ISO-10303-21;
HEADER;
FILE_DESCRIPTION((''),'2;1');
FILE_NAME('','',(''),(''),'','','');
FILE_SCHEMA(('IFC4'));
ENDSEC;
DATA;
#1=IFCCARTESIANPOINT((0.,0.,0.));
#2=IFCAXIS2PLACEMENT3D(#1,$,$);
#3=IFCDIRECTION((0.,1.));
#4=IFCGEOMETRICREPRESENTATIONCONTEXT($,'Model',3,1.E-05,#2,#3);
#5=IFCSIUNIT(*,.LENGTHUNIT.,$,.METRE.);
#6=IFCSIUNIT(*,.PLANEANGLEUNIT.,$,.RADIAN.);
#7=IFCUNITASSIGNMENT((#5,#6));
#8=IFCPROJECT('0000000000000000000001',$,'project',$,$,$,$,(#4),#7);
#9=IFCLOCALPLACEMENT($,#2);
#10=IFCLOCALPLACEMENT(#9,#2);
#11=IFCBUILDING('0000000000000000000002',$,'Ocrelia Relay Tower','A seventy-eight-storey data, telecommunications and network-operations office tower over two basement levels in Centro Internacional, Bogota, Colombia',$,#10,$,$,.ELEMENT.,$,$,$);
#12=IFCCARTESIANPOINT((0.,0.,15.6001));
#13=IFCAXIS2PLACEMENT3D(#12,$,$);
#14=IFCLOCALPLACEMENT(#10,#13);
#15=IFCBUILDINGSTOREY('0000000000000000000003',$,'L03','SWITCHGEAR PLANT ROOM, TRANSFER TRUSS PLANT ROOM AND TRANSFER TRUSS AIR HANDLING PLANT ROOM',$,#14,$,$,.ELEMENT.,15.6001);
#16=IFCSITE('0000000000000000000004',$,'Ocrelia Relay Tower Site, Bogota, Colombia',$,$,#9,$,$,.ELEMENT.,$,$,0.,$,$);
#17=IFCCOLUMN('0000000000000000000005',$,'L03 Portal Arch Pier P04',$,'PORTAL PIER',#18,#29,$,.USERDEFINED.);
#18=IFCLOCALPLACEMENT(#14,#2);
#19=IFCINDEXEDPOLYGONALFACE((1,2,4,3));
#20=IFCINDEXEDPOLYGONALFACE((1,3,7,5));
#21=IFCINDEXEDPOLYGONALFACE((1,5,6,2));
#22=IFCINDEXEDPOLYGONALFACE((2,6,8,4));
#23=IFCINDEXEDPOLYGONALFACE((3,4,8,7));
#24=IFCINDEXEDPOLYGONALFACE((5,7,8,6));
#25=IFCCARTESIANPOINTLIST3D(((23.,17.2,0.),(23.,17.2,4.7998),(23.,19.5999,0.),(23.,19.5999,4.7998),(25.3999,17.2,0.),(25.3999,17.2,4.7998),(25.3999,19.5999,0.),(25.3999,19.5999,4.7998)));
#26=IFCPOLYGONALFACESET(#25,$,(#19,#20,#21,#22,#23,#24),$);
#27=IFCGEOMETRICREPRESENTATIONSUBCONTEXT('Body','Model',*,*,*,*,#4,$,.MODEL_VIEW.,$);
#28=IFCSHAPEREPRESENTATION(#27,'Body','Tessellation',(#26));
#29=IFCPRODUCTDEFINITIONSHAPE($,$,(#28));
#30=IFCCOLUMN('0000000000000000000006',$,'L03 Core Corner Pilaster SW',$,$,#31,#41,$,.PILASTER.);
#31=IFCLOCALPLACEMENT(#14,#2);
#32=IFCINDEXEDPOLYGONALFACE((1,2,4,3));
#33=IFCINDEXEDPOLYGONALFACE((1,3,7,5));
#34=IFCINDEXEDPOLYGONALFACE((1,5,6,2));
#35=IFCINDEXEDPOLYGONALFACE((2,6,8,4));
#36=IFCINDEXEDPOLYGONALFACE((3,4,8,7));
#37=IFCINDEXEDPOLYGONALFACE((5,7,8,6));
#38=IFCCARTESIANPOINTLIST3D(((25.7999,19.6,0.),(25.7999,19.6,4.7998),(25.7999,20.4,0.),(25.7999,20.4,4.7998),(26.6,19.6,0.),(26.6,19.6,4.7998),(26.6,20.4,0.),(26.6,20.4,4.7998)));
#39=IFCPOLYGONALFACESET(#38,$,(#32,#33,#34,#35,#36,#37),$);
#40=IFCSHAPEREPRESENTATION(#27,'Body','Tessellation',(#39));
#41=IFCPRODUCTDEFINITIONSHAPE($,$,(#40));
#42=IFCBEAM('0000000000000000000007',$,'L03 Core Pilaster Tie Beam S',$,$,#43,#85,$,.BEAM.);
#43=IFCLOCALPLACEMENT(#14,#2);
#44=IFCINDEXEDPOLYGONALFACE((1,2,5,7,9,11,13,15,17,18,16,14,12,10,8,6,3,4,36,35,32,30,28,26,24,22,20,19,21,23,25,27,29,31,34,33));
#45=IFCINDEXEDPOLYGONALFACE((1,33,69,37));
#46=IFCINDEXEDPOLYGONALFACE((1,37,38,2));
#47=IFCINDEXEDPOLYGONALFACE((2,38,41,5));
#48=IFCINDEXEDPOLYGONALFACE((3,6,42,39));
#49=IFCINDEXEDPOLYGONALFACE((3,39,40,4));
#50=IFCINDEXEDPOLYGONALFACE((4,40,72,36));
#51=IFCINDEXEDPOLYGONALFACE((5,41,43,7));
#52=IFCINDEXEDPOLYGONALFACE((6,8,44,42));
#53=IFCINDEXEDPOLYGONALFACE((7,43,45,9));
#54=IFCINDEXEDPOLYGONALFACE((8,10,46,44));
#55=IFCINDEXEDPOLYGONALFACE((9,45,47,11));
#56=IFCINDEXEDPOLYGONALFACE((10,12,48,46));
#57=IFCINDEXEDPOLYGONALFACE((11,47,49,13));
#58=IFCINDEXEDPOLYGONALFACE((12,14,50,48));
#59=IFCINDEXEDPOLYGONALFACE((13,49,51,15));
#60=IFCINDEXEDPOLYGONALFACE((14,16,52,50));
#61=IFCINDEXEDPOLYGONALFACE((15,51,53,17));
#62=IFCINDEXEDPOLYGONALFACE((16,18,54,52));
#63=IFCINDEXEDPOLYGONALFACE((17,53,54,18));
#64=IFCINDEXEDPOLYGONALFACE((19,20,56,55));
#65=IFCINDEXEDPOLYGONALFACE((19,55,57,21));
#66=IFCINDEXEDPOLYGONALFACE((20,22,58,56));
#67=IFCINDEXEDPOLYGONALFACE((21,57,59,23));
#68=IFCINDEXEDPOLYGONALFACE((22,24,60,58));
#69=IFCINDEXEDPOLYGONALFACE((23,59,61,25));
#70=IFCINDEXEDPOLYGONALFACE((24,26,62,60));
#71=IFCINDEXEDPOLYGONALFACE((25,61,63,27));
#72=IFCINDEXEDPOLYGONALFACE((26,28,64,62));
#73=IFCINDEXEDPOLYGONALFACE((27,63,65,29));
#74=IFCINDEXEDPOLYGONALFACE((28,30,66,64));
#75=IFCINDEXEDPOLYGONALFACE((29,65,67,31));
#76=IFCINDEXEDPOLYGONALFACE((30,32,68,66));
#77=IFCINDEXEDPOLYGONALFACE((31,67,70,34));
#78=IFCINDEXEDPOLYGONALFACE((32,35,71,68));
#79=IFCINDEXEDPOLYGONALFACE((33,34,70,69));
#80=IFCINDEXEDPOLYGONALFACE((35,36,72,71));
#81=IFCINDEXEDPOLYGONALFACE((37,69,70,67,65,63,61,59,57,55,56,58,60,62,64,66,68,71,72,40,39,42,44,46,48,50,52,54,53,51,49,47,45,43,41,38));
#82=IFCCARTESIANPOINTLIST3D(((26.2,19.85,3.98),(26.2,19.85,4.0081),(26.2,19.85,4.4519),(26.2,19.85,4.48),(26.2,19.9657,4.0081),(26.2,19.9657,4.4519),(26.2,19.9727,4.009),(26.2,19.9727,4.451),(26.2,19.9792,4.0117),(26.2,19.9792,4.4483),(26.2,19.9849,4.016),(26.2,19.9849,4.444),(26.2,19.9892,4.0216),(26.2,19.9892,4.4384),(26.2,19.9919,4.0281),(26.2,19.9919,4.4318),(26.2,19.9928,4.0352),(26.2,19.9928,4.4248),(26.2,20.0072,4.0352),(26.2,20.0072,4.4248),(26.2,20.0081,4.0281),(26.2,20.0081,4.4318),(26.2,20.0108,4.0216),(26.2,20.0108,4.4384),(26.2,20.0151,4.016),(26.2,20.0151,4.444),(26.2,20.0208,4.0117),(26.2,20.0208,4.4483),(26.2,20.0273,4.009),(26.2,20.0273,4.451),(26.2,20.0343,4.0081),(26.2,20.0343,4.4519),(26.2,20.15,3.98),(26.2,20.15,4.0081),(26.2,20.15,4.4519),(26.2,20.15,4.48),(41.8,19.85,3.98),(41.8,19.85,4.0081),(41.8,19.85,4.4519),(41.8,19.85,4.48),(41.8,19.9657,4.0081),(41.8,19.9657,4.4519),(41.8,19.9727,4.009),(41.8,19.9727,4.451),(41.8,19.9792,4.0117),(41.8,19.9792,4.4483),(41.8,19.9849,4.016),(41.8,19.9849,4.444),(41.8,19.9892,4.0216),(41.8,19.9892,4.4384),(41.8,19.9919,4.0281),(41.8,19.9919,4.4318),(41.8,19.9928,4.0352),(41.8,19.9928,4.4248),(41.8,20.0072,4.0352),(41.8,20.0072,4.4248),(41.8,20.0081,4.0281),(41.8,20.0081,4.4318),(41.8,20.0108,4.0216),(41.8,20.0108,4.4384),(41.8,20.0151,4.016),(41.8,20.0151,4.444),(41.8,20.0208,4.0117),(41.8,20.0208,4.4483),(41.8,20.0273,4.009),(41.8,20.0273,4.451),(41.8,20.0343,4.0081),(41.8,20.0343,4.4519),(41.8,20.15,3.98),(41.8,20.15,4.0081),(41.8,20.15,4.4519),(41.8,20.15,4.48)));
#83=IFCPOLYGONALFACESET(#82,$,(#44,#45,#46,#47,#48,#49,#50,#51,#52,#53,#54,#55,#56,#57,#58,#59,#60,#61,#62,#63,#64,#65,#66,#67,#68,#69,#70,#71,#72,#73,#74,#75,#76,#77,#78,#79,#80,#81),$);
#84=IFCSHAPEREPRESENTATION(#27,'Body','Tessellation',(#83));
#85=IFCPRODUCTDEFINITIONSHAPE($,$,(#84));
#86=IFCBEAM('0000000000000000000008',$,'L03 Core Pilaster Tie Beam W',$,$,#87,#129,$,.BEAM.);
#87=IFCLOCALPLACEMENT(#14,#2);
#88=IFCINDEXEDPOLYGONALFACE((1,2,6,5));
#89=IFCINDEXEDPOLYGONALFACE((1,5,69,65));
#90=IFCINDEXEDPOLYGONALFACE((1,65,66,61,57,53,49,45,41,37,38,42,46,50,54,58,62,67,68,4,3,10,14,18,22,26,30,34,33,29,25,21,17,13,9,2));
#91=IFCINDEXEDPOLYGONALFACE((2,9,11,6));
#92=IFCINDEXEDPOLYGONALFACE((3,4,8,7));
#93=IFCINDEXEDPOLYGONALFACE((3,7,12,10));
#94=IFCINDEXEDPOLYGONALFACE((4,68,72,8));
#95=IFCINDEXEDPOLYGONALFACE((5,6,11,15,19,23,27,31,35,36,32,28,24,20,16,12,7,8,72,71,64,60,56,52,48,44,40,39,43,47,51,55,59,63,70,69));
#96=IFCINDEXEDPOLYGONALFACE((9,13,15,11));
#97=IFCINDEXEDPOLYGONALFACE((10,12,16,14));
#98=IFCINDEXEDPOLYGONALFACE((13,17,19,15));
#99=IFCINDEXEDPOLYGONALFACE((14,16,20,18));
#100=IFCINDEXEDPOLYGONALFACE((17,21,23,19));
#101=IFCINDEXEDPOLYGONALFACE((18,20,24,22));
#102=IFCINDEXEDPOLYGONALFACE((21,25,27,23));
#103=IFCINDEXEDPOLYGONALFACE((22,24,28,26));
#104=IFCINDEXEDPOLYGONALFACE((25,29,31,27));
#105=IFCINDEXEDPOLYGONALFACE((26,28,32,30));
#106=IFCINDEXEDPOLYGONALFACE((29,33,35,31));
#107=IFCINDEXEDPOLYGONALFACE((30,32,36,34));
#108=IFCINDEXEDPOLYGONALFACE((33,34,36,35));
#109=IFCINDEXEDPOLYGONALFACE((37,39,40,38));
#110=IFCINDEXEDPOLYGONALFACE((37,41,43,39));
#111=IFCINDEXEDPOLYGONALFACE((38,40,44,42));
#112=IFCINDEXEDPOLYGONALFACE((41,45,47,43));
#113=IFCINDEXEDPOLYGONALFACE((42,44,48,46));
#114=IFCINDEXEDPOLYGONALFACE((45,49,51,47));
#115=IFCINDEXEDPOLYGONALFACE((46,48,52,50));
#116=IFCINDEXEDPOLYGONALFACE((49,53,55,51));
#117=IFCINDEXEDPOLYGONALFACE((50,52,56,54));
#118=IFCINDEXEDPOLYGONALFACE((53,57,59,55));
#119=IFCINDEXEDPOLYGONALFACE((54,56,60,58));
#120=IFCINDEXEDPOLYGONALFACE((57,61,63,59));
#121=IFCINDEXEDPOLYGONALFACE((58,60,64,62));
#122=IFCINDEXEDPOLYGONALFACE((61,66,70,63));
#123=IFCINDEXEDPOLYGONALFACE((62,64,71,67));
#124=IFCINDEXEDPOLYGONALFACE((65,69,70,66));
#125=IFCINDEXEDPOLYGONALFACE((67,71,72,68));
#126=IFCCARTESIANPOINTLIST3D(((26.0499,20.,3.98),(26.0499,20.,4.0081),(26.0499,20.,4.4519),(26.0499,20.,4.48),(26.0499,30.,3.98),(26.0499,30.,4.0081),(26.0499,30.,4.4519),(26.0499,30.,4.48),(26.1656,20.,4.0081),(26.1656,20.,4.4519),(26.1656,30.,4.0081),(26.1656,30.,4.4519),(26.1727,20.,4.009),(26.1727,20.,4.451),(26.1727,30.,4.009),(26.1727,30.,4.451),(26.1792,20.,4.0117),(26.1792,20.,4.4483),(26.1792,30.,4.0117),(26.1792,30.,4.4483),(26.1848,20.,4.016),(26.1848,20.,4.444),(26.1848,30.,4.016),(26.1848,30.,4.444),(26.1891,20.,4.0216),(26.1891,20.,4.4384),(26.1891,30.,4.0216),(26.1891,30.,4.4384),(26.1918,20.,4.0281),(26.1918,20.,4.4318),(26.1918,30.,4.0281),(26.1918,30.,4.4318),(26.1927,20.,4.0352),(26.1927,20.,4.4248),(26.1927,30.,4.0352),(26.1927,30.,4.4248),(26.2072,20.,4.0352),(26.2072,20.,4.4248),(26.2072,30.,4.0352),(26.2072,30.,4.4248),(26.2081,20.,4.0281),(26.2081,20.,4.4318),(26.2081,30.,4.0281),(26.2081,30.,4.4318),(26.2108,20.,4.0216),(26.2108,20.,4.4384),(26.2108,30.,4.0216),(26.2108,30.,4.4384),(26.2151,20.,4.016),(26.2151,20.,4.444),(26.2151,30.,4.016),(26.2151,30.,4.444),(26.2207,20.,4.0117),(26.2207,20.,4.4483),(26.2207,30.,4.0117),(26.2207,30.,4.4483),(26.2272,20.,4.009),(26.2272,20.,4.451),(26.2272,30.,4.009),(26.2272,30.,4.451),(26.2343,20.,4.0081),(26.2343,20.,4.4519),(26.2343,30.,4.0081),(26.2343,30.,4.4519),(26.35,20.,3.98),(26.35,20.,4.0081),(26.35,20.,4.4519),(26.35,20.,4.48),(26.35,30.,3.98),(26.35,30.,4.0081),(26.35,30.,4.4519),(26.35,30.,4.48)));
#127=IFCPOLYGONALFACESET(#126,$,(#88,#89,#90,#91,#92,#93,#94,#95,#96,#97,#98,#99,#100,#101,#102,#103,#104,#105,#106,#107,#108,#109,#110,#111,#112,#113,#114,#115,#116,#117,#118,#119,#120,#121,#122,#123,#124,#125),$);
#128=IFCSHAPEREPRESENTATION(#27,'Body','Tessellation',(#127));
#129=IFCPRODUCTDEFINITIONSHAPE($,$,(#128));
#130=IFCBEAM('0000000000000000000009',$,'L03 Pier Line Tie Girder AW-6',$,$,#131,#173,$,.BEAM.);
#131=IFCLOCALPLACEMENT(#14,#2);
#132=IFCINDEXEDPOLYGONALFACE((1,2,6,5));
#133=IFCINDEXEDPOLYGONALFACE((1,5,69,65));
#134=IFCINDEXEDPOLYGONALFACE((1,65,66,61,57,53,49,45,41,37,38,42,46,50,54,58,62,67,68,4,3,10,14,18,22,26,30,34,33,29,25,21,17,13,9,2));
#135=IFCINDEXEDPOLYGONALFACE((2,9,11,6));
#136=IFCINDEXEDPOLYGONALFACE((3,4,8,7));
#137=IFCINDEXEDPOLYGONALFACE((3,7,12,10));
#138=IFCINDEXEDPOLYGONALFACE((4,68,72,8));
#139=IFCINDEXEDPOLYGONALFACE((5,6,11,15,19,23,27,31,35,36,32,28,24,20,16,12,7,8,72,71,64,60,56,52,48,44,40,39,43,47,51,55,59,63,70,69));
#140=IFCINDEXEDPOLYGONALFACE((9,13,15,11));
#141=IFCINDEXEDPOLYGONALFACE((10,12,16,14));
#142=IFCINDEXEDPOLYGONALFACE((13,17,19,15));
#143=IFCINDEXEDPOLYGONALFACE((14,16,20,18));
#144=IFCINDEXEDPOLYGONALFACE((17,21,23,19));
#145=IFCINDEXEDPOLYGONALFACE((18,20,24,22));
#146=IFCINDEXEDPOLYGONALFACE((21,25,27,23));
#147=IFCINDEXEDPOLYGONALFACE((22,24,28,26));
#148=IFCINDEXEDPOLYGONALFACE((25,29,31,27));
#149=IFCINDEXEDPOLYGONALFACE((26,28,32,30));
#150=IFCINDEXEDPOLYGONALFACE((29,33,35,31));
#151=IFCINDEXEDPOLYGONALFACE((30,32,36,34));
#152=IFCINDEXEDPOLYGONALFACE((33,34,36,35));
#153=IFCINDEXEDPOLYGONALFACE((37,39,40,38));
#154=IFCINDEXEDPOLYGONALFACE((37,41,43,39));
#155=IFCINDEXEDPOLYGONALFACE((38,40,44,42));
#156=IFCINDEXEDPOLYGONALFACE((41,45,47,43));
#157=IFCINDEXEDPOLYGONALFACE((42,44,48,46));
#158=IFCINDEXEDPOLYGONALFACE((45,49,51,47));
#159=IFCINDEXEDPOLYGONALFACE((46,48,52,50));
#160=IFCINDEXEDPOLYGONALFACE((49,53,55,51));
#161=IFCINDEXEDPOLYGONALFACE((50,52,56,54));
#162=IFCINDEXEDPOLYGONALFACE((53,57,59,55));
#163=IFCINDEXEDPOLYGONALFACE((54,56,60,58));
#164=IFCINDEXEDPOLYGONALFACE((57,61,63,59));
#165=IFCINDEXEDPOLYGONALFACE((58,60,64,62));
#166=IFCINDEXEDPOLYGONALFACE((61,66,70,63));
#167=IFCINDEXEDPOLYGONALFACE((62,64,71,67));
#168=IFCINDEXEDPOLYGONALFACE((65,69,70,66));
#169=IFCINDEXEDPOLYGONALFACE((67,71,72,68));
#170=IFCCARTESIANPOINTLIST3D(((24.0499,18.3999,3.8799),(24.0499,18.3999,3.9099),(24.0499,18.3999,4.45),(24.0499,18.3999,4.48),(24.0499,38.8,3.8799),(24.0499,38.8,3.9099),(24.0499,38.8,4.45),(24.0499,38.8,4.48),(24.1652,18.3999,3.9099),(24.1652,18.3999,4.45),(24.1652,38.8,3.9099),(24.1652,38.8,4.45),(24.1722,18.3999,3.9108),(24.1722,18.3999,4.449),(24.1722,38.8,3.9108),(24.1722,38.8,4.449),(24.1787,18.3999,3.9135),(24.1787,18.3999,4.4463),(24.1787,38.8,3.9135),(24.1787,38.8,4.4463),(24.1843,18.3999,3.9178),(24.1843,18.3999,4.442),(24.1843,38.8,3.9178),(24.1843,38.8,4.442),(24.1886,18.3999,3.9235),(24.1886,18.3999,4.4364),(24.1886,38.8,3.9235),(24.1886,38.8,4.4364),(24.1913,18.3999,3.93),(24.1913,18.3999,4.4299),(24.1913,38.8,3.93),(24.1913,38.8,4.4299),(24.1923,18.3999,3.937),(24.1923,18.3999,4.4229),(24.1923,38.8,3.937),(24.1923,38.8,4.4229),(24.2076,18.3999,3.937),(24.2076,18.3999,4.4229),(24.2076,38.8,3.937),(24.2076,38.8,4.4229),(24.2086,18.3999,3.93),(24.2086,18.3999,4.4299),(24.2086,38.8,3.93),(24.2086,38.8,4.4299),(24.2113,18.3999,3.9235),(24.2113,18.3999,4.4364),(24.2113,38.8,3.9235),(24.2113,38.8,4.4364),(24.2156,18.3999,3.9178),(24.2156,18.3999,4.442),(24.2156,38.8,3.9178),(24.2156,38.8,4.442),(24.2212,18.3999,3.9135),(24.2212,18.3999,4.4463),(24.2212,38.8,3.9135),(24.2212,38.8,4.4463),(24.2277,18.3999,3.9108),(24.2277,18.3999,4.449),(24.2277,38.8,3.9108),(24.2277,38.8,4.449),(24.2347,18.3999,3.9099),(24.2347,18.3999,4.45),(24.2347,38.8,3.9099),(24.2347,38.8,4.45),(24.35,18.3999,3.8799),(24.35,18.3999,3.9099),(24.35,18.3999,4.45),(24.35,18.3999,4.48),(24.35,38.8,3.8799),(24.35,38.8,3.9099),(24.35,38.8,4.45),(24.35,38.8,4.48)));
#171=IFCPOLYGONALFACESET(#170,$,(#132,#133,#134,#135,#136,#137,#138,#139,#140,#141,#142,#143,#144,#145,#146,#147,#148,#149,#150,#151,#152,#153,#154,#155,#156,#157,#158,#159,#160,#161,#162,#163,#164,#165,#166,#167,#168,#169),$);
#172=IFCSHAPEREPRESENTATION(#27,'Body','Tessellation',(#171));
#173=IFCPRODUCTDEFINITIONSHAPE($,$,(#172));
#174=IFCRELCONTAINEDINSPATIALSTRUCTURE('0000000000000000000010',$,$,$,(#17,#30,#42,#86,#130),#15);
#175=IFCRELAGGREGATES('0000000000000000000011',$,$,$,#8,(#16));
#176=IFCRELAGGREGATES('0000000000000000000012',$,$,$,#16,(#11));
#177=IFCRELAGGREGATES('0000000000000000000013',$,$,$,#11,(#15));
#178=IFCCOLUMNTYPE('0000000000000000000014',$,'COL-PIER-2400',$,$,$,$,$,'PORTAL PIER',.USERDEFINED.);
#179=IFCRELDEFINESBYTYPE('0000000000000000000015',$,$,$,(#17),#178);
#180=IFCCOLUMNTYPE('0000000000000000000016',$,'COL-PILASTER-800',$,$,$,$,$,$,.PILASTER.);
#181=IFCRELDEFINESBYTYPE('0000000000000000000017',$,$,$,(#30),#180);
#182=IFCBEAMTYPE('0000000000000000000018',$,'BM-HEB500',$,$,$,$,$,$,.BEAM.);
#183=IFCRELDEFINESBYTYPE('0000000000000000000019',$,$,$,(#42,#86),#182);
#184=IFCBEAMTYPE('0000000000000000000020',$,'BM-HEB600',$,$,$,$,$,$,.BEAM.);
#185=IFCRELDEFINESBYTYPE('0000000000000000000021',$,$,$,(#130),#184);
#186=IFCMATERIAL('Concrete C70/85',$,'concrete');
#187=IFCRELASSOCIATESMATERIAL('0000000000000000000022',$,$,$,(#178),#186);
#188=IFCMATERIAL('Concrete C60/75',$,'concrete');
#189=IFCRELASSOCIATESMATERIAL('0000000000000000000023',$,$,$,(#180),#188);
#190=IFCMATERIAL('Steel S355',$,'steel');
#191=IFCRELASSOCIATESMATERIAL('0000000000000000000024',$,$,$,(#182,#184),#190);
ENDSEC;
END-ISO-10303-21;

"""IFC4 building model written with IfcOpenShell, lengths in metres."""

from ifc_helpers import new_model, si_unit, direction, frame, origin, origin_2d, place, context, subcontext, project, spatial, rectangle, i_section, extrude, material, material_profile, profile_set, type_object, element, save


model = new_model("IFC4")

# Units and contexts
model_context = context("Model", 3, precision=1e-05, world=origin(), true_north=direction((0.0, 1.0)))
body_context = subcontext(model_context, "Body", "Model", "MODEL_VIEW")
ifc_project = project(units=[si_unit("LENGTHUNIT", "METRE"), si_unit("PLANEANGLEUNIT", "RADIAN")], contexts=[model_context])

# Site, building, storey
site_placement = place(None, origin())
site = spatial("IfcSite", under=ifc_project, at=site_placement, Name="Ocrelia Relay Tower Site, Bogota, Colombia", CompositionType="ELEMENT", RefElevation=0.0)
building_placement = place(site_placement, origin())
building = spatial("IfcBuilding", under=site, at=building_placement, Name="Ocrelia Relay Tower", Description="A seventy-eight-storey data, telecommunications and network-operations office tower over two basement levels in Centro Internacional, Bogota, Colombia", CompositionType="ELEMENT")
storey_placement = place(building_placement, frame((0.0, 0.0, 15.6001)))
storey = spatial("IfcBuildingStorey", under=building, at=storey_placement, Name="L03", Description="SWITCHGEAR PLANT ROOM, TRANSFER TRUSS PLANT ROOM AND TRANSFER TRUSS AIR HANDLING PLANT ROOM", CompositionType="ELEMENT", Elevation=15.6001)

# Columns
ifc_material_1 = material(Name="Concrete C70/85", Category="concrete")
ifc_material_profile_1 = material_profile(ifc_material_1, rectangle(XDim=2.3999, YDim=2.3999, at=origin_2d()), Name="RC-PIER-2400x2400")
ifc_profile_set_1 = profile_set([ifc_material_profile_1], Name="Concrete C70/85")
column_type_1 = type_object("IfcColumnType", Name="COL-PIER-2400", ElementType="PORTAL PIER", PredefinedType="USERDEFINED", material=ifc_profile_set_1)
column_1_placement = place(storey_placement, frame((24.2, 18.3999, 0.0), z_axis=(0.0, 0.0, 1.0), x_axis=(1.0, 0.0, 0.0)))
element("IfcColumn", 1, at=column_1_placement, inside=storey, type_object=column_type_1, Name="L03 Portal Arch Pier P04", ObjectType="PORTAL PIER", PredefinedType="USERDEFINED", context=body_context, shape_type="SweptSolid", body=[
    extrude(rectangle(XDim=2.3999, YDim=2.3999, at=origin_2d()), origin(), (0.0, 0.0, 1.0), 4.7998),
])
ifc_material_2 = material(Name="Concrete C60/75", Category="concrete")
ifc_material_profile_2 = material_profile(ifc_material_2, rectangle(XDim=0.8, YDim=0.8, at=origin_2d()), Name="RC-COL-800x800")
ifc_profile_set_2 = profile_set([ifc_material_profile_2], Name="Concrete C60/75")
column_type_2 = type_object("IfcColumnType", Name="COL-PILASTER-800", PredefinedType="PILASTER", material=ifc_profile_set_2)
column_2_placement = place(storey_placement, frame((26.2, 20.0, 0.0), z_axis=(0.0, 0.0, 1.0), x_axis=(1.0, 0.0, 0.0)))
element("IfcColumn", 2, at=column_2_placement, inside=storey, type_object=column_type_2, Name="L03 Core Corner Pilaster SW", PredefinedType="PILASTER", context=body_context, shape_type="SweptSolid", body=[
    extrude(rectangle(XDim=0.8, YDim=0.8, at=origin_2d()), origin(), (0.0, 0.0, 1.0), 4.7998),
])

# Beams
ifc_material_3 = material(Name="Steel S355", Category="steel")
ifc_material_profile_3 = material_profile(ifc_material_3, i_section(OverallWidth=0.3, OverallDepth=0.5, WebThickness=0.0144, FlangeThickness=0.0281, FilletRadius=0.0271, at=origin_2d()), Name="HEB 500")
ifc_profile_set_3 = profile_set([ifc_material_profile_3], Name="Steel S355")
beam_type_1 = type_object("IfcBeamType", Name="BM-HEB500", PredefinedType="BEAM", material=ifc_profile_set_3)
beam_1_placement = place(storey_placement, frame((26.2, 20.0, 4.23), z_axis=(1.0, 0.0, 0.0), x_axis=(0.0, 1.0, 0.0)))
element("IfcBeam", 3, at=beam_1_placement, inside=storey, type_object=beam_type_1, Name="L03 Core Pilaster Tie Beam S", PredefinedType="BEAM", context=body_context, shape_type="SweptSolid", body=[
    extrude(i_section(OverallWidth=0.3, OverallDepth=0.5, WebThickness=0.0144, FlangeThickness=0.0281, FilletRadius=0.0271, at=origin_2d()), origin(), (0.0, 0.0, 1.0), 15.6001),
])
beam_2_placement = place(storey_placement, frame((26.2, 20.0, 4.23), z_axis=(0.0, 1.0, 0.0), x_axis=(-1.0, 0.0, 0.0)))
element("IfcBeam", 4, at=beam_2_placement, inside=storey, type_object=beam_type_1, Name="L03 Core Pilaster Tie Beam W", PredefinedType="BEAM", context=body_context, shape_type="SweptSolid", body=[
    extrude(i_section(OverallWidth=0.3, OverallDepth=0.5, WebThickness=0.0144, FlangeThickness=0.0281, FilletRadius=0.0271, at=origin_2d()), origin(), (0.0, 0.0, 1.0), 10.0),
])
ifc_material_profile_4 = material_profile(ifc_material_3, i_section(OverallWidth=0.3, OverallDepth=0.6001, WebThickness=0.0154, FlangeThickness=0.03, FilletRadius=0.0271, at=origin_2d()), Name="HEB 600")
ifc_profile_set_4 = profile_set([ifc_material_profile_4], Name="Steel S355")
beam_type_2 = type_object("IfcBeamType", Name="BM-HEB600", PredefinedType="BEAM", material=ifc_profile_set_4)
beam_3_placement = place(storey_placement, frame((24.2, 18.3999, 4.1799), z_axis=(0.0, 1.0, 0.0), x_axis=(-1.0, 0.0, 0.0)))
element("IfcBeam", 5, at=beam_3_placement, inside=storey, type_object=beam_type_2, Name="L03 Pier Line Tie Girder AW-6", PredefinedType="BEAM", context=body_context, shape_type="SweptSolid", body=[
    extrude(i_section(OverallWidth=0.3, OverallDepth=0.6001, WebThickness=0.0154, FlangeThickness=0.03, FilletRadius=0.0271, at=origin_2d()), origin(), (0.0, 0.0, 1.0), 20.4001),
])

save(model, "model.ifc")
